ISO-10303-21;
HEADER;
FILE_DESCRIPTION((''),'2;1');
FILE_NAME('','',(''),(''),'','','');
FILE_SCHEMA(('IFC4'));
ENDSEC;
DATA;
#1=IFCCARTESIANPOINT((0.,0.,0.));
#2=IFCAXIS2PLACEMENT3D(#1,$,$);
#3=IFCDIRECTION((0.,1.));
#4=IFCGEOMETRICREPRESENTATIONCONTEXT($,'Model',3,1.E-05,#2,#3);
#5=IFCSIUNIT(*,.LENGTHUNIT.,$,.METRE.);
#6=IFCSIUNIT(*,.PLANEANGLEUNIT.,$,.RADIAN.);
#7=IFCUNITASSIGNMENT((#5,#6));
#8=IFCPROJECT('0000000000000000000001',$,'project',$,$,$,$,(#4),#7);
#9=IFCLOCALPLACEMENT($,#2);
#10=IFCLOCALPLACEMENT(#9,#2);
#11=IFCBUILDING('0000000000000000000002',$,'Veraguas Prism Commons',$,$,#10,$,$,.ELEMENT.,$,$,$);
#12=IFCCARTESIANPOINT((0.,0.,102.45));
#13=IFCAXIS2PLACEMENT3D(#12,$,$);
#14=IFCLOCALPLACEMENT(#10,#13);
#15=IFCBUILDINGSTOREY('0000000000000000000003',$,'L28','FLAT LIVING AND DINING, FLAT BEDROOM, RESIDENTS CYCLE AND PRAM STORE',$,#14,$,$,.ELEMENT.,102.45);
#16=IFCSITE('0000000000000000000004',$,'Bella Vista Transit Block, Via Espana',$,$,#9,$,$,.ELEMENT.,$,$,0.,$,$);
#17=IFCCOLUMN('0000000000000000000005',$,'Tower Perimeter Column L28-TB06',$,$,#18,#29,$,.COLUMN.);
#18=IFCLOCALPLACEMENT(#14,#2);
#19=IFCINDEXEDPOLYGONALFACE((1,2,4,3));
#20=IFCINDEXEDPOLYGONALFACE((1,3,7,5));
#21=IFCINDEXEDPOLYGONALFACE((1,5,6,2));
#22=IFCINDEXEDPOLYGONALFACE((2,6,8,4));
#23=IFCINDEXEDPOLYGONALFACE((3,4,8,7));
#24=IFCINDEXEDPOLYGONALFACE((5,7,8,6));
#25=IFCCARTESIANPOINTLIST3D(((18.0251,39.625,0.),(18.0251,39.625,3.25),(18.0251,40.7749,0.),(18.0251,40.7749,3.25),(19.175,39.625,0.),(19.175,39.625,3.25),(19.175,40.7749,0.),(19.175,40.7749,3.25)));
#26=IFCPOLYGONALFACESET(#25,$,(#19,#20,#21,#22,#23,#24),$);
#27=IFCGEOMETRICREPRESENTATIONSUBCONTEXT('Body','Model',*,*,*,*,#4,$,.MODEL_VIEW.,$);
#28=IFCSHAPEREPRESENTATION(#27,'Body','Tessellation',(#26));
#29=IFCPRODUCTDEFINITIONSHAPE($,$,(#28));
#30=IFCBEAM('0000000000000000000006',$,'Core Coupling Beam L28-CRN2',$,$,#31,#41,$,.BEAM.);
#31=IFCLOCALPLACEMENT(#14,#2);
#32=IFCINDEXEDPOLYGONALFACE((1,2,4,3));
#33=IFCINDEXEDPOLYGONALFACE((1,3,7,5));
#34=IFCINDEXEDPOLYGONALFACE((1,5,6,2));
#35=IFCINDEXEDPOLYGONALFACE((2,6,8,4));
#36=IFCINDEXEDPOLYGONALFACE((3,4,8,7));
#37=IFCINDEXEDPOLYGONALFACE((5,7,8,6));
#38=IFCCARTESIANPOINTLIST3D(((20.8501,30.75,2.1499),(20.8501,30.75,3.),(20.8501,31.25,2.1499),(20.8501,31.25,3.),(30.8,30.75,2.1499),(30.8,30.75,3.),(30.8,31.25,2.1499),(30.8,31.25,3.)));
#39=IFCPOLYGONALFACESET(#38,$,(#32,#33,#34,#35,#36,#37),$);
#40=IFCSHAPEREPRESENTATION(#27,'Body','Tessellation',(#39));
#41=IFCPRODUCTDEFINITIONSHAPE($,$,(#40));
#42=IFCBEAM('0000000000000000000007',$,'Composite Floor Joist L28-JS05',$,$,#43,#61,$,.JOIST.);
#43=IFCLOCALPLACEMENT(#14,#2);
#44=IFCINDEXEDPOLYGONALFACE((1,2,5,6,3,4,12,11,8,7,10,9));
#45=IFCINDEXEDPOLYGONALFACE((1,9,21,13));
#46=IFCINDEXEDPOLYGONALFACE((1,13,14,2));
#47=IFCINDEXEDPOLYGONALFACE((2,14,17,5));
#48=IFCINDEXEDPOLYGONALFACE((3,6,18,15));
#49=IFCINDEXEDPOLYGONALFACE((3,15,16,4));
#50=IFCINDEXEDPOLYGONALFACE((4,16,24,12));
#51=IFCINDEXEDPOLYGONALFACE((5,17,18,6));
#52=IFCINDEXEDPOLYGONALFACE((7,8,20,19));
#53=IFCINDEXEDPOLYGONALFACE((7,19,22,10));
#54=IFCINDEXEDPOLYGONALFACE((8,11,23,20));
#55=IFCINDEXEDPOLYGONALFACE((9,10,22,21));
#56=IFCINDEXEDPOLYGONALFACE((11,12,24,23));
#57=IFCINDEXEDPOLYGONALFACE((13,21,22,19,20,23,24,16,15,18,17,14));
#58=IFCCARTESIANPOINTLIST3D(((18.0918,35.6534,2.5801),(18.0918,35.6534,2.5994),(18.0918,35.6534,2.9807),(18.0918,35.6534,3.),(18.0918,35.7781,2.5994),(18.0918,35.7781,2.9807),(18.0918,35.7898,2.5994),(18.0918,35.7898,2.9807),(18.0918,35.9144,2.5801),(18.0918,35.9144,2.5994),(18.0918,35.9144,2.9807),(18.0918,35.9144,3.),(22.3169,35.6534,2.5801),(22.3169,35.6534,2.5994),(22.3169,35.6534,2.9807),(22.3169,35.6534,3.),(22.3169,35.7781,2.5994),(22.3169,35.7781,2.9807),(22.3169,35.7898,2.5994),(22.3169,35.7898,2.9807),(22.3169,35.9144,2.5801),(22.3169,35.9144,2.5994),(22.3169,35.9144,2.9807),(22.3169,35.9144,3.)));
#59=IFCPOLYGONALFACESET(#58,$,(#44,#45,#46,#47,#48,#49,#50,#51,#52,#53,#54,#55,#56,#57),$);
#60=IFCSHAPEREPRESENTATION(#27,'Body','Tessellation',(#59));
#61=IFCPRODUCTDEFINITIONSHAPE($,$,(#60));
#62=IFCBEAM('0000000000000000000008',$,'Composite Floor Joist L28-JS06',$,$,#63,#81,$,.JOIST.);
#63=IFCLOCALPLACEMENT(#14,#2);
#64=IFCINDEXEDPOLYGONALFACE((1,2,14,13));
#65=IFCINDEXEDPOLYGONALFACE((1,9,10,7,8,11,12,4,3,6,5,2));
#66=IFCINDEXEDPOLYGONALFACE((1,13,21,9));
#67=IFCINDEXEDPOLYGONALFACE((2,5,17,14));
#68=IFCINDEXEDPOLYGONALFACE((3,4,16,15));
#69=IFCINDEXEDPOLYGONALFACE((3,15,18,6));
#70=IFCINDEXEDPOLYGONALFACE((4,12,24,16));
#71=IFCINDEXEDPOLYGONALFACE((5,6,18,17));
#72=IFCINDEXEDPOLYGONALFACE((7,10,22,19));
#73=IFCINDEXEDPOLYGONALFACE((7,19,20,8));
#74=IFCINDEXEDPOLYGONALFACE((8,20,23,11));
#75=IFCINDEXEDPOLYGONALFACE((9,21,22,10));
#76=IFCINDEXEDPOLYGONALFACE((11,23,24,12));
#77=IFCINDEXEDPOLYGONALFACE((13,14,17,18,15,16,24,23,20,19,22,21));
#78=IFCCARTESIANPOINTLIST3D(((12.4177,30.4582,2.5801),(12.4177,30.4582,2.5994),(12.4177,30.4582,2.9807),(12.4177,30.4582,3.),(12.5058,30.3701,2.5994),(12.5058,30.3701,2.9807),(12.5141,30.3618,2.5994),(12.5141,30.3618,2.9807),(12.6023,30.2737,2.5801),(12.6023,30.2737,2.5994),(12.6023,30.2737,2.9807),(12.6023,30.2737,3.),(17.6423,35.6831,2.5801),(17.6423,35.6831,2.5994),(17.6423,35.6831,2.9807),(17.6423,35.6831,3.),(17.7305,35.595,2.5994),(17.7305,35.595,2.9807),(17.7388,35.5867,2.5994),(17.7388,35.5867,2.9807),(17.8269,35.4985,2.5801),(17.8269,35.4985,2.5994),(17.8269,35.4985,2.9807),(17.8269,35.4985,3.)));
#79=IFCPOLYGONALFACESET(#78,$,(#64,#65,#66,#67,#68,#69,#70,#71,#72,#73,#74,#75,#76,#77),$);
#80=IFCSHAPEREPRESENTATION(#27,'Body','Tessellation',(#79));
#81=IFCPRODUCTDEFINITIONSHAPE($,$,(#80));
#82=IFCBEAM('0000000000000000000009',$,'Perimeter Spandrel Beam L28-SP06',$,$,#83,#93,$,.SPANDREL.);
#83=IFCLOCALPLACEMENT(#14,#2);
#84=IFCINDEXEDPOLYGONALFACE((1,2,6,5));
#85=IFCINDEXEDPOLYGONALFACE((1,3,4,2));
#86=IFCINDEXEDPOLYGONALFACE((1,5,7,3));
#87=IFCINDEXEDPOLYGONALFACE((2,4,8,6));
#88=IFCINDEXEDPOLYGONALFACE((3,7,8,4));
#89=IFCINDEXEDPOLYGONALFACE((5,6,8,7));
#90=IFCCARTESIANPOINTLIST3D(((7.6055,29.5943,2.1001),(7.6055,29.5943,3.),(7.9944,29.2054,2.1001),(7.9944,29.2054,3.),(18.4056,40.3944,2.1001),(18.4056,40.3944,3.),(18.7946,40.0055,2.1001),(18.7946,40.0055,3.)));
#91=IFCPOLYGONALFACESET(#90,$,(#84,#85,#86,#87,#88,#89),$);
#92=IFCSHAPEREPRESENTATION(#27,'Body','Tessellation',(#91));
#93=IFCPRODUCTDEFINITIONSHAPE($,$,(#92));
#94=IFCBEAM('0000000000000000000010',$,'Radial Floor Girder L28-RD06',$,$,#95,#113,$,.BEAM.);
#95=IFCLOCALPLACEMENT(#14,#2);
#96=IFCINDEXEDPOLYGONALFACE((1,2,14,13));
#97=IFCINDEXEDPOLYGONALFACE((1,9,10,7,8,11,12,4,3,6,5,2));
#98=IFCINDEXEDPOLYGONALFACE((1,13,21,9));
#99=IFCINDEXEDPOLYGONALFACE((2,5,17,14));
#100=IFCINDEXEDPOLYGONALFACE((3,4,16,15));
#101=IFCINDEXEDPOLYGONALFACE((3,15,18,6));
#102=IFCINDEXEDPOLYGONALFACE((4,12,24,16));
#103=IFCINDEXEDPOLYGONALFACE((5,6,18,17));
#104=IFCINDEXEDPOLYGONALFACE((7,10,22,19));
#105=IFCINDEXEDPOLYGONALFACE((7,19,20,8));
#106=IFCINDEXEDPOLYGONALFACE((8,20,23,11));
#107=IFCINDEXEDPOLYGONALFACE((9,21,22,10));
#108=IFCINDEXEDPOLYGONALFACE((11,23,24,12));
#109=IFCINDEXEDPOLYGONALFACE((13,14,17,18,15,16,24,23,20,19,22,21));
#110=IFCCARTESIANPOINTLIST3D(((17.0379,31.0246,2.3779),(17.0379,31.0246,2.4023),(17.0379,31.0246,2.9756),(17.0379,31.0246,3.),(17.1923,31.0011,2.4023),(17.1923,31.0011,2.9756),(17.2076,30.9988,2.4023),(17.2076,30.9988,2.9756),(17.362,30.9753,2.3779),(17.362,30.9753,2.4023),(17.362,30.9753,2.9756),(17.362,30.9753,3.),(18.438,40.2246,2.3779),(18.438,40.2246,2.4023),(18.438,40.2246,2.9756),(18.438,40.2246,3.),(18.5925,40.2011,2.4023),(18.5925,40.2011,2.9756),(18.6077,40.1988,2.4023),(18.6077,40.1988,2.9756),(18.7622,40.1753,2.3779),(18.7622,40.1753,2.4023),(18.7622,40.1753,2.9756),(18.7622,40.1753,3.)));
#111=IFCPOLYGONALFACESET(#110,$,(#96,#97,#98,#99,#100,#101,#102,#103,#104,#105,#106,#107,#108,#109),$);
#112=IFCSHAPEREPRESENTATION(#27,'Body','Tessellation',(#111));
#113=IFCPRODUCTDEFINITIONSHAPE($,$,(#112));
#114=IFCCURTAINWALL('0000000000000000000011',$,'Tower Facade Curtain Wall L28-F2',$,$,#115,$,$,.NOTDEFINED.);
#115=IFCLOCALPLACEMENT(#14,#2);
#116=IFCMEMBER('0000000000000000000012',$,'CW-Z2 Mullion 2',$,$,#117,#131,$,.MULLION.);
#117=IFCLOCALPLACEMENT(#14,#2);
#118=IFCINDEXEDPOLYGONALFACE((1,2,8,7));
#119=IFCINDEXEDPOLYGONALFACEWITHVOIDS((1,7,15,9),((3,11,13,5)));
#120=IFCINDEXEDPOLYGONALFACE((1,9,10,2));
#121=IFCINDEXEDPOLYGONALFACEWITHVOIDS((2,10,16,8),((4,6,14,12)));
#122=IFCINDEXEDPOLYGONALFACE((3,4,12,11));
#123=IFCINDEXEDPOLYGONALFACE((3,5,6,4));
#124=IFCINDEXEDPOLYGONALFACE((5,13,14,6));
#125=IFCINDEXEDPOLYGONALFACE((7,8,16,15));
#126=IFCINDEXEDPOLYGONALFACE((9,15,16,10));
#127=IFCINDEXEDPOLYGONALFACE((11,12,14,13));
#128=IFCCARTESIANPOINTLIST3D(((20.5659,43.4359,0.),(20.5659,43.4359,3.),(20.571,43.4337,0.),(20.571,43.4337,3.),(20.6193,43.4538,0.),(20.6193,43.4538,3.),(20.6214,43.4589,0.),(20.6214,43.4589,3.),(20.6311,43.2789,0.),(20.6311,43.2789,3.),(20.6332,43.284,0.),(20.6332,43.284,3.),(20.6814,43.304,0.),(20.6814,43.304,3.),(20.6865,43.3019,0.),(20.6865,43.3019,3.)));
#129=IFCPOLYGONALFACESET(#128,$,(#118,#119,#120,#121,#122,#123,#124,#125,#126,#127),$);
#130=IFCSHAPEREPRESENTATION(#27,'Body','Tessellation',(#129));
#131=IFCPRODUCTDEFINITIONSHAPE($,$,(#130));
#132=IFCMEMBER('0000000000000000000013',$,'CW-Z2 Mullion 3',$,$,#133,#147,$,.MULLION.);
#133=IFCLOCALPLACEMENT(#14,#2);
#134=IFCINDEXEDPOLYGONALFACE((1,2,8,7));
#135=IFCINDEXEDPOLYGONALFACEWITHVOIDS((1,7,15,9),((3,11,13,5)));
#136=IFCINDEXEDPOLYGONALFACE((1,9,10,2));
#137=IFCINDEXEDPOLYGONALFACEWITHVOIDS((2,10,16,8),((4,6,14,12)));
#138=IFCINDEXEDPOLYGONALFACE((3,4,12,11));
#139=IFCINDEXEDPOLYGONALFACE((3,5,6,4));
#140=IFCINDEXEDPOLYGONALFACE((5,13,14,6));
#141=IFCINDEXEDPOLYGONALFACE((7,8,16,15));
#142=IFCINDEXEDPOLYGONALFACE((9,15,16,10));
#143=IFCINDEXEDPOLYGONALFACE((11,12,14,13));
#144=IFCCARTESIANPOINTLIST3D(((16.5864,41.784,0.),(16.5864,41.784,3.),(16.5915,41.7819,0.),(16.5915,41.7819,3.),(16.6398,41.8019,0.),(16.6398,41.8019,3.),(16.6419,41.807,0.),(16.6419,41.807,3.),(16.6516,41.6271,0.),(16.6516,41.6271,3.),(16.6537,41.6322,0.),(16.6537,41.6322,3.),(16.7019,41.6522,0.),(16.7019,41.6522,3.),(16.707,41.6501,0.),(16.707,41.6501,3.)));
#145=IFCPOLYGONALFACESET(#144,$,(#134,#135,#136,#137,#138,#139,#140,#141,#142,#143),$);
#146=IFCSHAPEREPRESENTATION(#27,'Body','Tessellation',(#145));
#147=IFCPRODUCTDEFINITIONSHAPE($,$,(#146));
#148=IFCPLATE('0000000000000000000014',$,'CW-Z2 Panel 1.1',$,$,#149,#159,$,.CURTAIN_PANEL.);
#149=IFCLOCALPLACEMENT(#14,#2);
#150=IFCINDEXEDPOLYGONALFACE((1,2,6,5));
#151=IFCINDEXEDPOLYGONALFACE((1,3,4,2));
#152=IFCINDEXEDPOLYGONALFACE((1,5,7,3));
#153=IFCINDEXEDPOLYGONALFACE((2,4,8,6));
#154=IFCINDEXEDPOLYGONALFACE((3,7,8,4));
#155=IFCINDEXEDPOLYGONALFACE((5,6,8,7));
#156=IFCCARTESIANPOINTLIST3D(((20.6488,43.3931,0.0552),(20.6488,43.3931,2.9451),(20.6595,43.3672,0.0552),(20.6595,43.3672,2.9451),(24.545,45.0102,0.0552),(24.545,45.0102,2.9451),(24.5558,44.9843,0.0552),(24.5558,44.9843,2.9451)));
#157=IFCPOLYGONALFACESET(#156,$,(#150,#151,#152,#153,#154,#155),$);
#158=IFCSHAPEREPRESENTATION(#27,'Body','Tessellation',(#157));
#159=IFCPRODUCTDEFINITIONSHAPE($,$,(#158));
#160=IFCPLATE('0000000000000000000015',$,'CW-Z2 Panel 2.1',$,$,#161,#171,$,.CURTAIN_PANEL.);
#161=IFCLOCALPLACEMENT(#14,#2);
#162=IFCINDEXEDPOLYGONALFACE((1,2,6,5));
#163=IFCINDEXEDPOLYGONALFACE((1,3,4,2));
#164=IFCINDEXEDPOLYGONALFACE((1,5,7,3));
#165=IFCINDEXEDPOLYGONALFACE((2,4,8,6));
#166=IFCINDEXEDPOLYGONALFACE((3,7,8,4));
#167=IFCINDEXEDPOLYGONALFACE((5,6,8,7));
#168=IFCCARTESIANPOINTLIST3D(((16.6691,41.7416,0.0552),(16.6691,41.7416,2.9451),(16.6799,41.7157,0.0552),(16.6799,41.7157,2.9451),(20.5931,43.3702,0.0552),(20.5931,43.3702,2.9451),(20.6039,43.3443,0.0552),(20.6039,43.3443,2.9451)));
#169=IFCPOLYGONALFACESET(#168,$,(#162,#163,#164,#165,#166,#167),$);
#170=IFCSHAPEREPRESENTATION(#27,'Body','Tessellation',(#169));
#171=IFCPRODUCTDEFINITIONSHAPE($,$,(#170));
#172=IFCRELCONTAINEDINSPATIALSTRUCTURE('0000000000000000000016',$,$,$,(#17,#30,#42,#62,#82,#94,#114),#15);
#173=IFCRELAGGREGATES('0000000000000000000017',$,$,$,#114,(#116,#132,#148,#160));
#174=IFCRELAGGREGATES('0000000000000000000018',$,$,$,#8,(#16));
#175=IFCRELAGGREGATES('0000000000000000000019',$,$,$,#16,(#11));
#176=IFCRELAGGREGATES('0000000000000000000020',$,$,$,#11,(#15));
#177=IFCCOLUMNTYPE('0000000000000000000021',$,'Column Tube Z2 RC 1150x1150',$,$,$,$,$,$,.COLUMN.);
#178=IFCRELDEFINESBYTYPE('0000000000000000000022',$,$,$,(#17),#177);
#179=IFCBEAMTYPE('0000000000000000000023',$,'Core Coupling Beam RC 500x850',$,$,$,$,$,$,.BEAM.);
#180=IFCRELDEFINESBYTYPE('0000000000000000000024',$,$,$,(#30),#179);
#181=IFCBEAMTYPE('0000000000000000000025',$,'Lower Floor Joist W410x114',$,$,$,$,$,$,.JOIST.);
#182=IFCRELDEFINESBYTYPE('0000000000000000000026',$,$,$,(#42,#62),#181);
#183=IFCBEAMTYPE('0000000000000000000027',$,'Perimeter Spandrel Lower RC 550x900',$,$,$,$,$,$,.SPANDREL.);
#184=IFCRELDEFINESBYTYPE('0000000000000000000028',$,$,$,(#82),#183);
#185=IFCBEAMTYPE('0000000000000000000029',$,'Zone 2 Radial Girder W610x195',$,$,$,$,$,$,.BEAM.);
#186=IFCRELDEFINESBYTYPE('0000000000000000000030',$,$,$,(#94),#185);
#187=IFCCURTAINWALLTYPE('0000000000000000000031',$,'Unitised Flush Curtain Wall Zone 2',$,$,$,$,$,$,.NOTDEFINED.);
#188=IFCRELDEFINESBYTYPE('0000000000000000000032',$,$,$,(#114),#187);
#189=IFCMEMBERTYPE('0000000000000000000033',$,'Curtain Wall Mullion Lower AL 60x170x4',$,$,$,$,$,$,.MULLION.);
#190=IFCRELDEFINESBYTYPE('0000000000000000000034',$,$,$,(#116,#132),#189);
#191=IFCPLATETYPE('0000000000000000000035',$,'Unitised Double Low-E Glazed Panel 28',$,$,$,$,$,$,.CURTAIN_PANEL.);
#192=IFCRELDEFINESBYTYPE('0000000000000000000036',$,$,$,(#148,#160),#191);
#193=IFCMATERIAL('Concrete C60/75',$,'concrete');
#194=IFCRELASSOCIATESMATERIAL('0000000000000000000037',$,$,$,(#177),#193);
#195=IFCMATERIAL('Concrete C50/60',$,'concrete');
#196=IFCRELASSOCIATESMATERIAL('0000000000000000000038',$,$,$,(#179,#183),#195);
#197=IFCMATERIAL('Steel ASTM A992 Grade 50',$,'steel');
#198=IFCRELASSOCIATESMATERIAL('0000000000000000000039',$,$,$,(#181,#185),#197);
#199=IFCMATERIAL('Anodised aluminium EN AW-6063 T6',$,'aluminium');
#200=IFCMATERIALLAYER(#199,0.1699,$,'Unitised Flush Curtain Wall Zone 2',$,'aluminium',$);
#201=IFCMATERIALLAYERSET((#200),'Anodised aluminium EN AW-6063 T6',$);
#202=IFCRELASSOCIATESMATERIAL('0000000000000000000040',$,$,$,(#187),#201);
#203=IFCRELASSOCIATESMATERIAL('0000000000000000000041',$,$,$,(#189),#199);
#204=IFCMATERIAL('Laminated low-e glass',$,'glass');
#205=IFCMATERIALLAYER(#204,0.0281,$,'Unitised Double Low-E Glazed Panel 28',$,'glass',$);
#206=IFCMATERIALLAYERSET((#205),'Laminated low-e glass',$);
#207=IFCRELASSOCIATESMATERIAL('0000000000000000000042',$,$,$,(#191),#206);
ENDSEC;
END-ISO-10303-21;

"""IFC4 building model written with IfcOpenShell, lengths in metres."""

from ifc_helpers import new_model, si_unit, direction, frame, origin, origin_2d, place, context, subcontext, project, spatial, rectangle, hollow_rectangle, i_section, extrude, source, transform, mapped, material, layer, layer_set, material_profile, profile_set, type_object, element, aggregate, save


model = new_model("IFC4")

# Units and contexts
model_context = context("Model", 3, precision=1e-05, world=origin(), true_north=direction((0.0, 1.0)))
body_context = subcontext(model_context, "Body", "Model", "MODEL_VIEW")
ifc_project = project(units=[si_unit("LENGTHUNIT", "METRE"), si_unit("PLANEANGLEUNIT", "RADIAN")], contexts=[model_context])

# Site, building, storey
site_placement = place(None, origin())
site = spatial("IfcSite", under=ifc_project, at=site_placement, Name="Bella Vista Transit Block, Via Espana", CompositionType="ELEMENT", RefElevation=0.0)
building_placement = place(site_placement, origin())
building = spatial("IfcBuilding", under=site, at=building_placement, Name="Veraguas Prism Commons", CompositionType="ELEMENT")
storey_placement = place(building_placement, frame((0.0, 0.0, 102.45)))
storey = spatial("IfcBuildingStorey", under=building, at=storey_placement, Name="L28", Description="FLAT LIVING AND DINING, FLAT BEDROOM, RESIDENTS CYCLE AND PRAM STORE", CompositionType="ELEMENT", Elevation=102.45)

# Column
ifc_material_1 = material(Name="Concrete C60/75", Category="concrete")
ifc_material_profile_1 = material_profile(ifc_material_1, rectangle(XDim=1.1499, YDim=1.1499, at=origin_2d()), Name="RC1150X1150")
ifc_profile_set_1 = profile_set([ifc_material_profile_1], Name="Concrete C60/75")
column_type = type_object("IfcColumnType", Name="Column Tube Z2 RC 1150x1150", PredefinedType="COLUMN", material=ifc_profile_set_1)
column_placement = place(storey_placement, frame((18.6001, 40.2, 0.0), z_axis=(0.0, 0.0, 1.0), x_axis=(1.0, 0.0, 0.0)))
element("IfcColumn", 1, at=column_placement, inside=storey, type_object=column_type, Name="Tower Perimeter Column L28-TB06", PredefinedType="COLUMN", context=body_context, shape_type="SweptSolid", body=[
    extrude(rectangle(XDim=1.1499, YDim=1.1499, at=origin_2d()), origin(), (0.0, 0.0, 1.0), 3.25),
])

# Beams
ifc_material_2 = material(Name="Concrete C50/60", Category="concrete")
ifc_material_profile_2 = material_profile(ifc_material_2, rectangle(XDim=0.5, YDim=0.8501, at=origin_2d()), Name="RC500X850")
ifc_profile_set_2 = profile_set([ifc_material_profile_2], Name="Concrete C50/60")
beam_type_1 = type_object("IfcBeamType", Name="Core Coupling Beam RC 500x850", PredefinedType="BEAM", material=ifc_profile_set_2)
beam_1_placement = place(storey_placement, frame((20.8501, 31.0, 2.575), z_axis=(1.0, 0.0, 0.0), x_axis=(0.0, 1.0, 0.0)))
element("IfcBeam", 2, at=beam_1_placement, inside=storey, type_object=beam_type_1, Name="Core Coupling Beam L28-CRN2", PredefinedType="BEAM", context=body_context, shape_type="SweptSolid", body=[
    extrude(rectangle(XDim=0.5, YDim=0.8501, at=origin_2d()), origin(), (0.0, 0.0, 1.0), 9.95),
])
ifc_material_3 = material(Name="Steel ASTM A992 Grade 50", Category="steel")
ifc_material_profile_3 = material_profile(ifc_material_3, i_section(OverallWidth=0.261, OverallDepth=0.4199, WebThickness=0.0117, FlangeThickness=0.0193, at=origin_2d()), Name="W410X114")
ifc_profile_set_3 = profile_set([ifc_material_profile_3], Name="Steel ASTM A992 Grade 50")
beam_type_2 = type_object("IfcBeamType", Name="Lower Floor Joist W410x114", PredefinedType="JOIST", material=ifc_profile_set_3)
beam_2_placement = place(storey_placement, frame((22.3169, 35.7839, 2.79), z_axis=(-1.0, 0.0, 0.0), x_axis=(0.0, -1.0, 0.0)))
element("IfcBeam", 3, at=beam_2_placement, inside=storey, type_object=beam_type_2, Name="Composite Floor Joist L28-JS05", PredefinedType="JOIST", context=body_context, shape_type="SweptSolid", body=[
    extrude(i_section(OverallWidth=0.261, OverallDepth=0.4199, WebThickness=0.0117, FlangeThickness=0.0193, at=origin_2d()), origin(), (0.0, 0.0, 1.0), 4.2251),
])
beam_3_placement = place(storey_placement, frame((17.7346, 35.5908, 2.79), z_axis=(-0.70709, -0.707123, 0.0), x_axis=(0.707123, -0.70709, 0.0)))
element("IfcBeam", 4, at=beam_3_placement, inside=storey, type_object=beam_type_2, Name="Composite Floor Joist L28-JS06", PredefinedType="JOIST", context=body_context, shape_type="SweptSolid", body=[
    extrude(i_section(OverallWidth=0.261, OverallDepth=0.4199, WebThickness=0.0117, FlangeThickness=0.0193, at=origin_2d()), origin(), (0.0, 0.0, 1.0), 7.3889),
])
ifc_material_profile_4 = material_profile(ifc_material_2, rectangle(XDim=0.55, YDim=0.8999, at=origin_2d()), Name="RC550X900")
ifc_profile_set_4 = profile_set([ifc_material_profile_4], Name="Concrete C50/60")
beam_type_3 = type_object("IfcBeamType", Name="Perimeter Spandrel Lower RC 550x900", PredefinedType="SPANDREL", material=ifc_profile_set_4)
beam_4_placement = place(storey_placement, frame((18.6001, 40.2, 2.55), z_axis=(-0.707107, -0.707107, 0.0), x_axis=(0.707107, -0.707107, 0.0)))
element("IfcBeam", 5, at=beam_4_placement, inside=storey, type_object=beam_type_3, Name="Perimeter Spandrel Beam L28-SP06", PredefinedType="SPANDREL", context=body_context, shape_type="SweptSolid", body=[
    extrude(rectangle(XDim=0.55, YDim=0.8999, at=origin_2d()), origin(), (0.0, 0.0, 1.0), 15.2737),
])
ifc_material_profile_5 = material_profile(ifc_material_3, i_section(OverallWidth=0.3279, OverallDepth=0.6221, WebThickness=0.0154, FlangeThickness=0.0244, at=origin_2d()), Name="W610X195")
ifc_profile_set_5 = profile_set([ifc_material_profile_5], Name="Steel ASTM A992 Grade 50")
beam_type_4 = type_object("IfcBeamType", Name="Zone 2 Radial Girder W610x195", PredefinedType="BEAM", material=ifc_profile_set_5)
beam_5_placement = place(storey_placement, frame((18.6001, 40.2, 2.689), z_axis=(-0.150458, -0.988616, 0.0), x_axis=(0.988616, -0.150458, 0.0)))
element("IfcBeam", 6, at=beam_5_placement, inside=storey, type_object=beam_type_4, Name="Radial Floor Girder L28-RD06", PredefinedType="BEAM", context=body_context, shape_type="SweptSolid", body=[
    extrude(i_section(OverallWidth=0.3279, OverallDepth=0.6221, WebThickness=0.0154, FlangeThickness=0.0244, at=origin_2d()), origin(), (0.0, 0.0, 1.0), 9.3059),
])

# Curtain wall, members, plates
ifc_material_4 = material(Name="Anodised aluminium EN AW-6063 T6", Category="aluminium")
ifc_layer_1 = layer(ifc_material_4, 0.1699, Name="Unitised Flush Curtain Wall Zone 2", Category="aluminium")
ifc_layer_set_1 = layer_set([ifc_layer_1], Name="Anodised aluminium EN AW-6063 T6")
curtain_wall_type = type_object("IfcCurtainWallType", Name="Unitised Flush Curtain Wall Zone 2", PredefinedType="NOTDEFINED", material=ifc_layer_set_1)
curtain_wall_placement = place(storey_placement, origin())
curtain_wall = element("IfcCurtainWall", 7, at=curtain_wall_placement, inside=storey, type_object=curtain_wall_type, Name="Tower Facade Curtain Wall L28-F2", PredefinedType="NOTDEFINED")
ifc_material_profile_6 = material_profile(ifc_material_4, hollow_rectangle(XDim=0.0601, YDim=0.1699, WallThickness=0.0039, at=origin_2d()), Name="AL60X170X4")
ifc_profile_set_6 = profile_set([ifc_material_profile_6], Name="Anodised aluminium EN AW-6063 T6")
member_type = type_object("IfcMemberType", Name="Curtain Wall Mullion Lower AL 60x170x4", PredefinedType="MULLION", material=ifc_profile_set_6)
shared_shape_1 = source(origin(), body_context, "Body", "SweptSolid", [
    extrude(hollow_rectangle(XDim=0.0601, YDim=0.1699, WallThickness=0.0039, at=origin_2d()), origin(), (0.0, 0.0, 1.0), 3.0),
])
member_1_placement = place(storey_placement, frame((20.6262, 43.3689, 0.0), z_axis=(0.0, 0.0, 1.0), x_axis=(-0.923611, -0.383332, 0.0)))
member_1 = element("IfcMember", 8, at=member_1_placement, type_object=member_type, Name="CW-Z2 Mullion 2", PredefinedType="MULLION", context=body_context, shape_type="MappedRepresentation", body=[
    mapped(shared_shape_1, transform((0.0, 0.0, 0.0), scale=1.0)),
])
member_2_placement = place(storey_placement, frame((16.6467, 41.717, 0.0), z_axis=(0.0, 0.0, 1.0), x_axis=(-0.923611, -0.383332, 0.0)))
member_2 = element("IfcMember", 9, at=member_2_placement, type_object=member_type, Name="CW-Z2 Mullion 3", PredefinedType="MULLION", context=body_context, shape_type="MappedRepresentation", body=[
    mapped(shared_shape_1, transform((0.0, 0.0, 0.0), scale=1.0)),
])
ifc_material_5 = material(Name="Laminated low-e glass", Category="glass")
ifc_layer_2 = layer(ifc_material_5, 0.0281, Name="Unitised Double Low-E Glazed Panel 28", Category="glass")
ifc_layer_set_2 = layer_set([ifc_layer_2], Name="Laminated low-e glass")
plate_type = type_object("IfcPlateType", Name="Unitised Double Low-E Glazed Panel 28", PredefinedType="CURTAIN_PANEL", material=ifc_layer_set_2)
shared_shape_2 = source(origin(), body_context, "Body", "SweptSolid", [
    extrude(rectangle(XDim=4.2185, YDim=0.0281, at=origin_2d()), origin(), (0.0, 0.0, 1.0), 2.8899),
])
plate_1_placement = place(storey_placement, frame((22.6023, 44.1887, 0.0552), z_axis=(0.0, 0.0, 1.0), x_axis=(-0.923611, -0.383332, 0.0)))
plate_1 = element("IfcPlate", 10, at=plate_1_placement, type_object=plate_type, Name="CW-Z2 Panel 1.1", PredefinedType="CURTAIN_PANEL", context=body_context, shape_type="MappedRepresentation", body=[
    mapped(shared_shape_2, transform((0.0, 0.0, 0.0), scale=1.0)),
])
shared_shape_3 = source(origin(), body_context, "Body", "SweptSolid", [
    extrude(rectangle(XDim=4.2485, YDim=0.0281, at=origin_2d()), origin(), (0.0, 0.0, 1.0), 2.8899),
])
plate_2_placement = place(storey_placement, frame((18.6365, 42.543, 0.0552), z_axis=(0.0, 0.0, 1.0), x_axis=(-0.923611, -0.383332, 0.0)))
plate_2 = element("IfcPlate", 11, at=plate_2_placement, type_object=plate_type, Name="CW-Z2 Panel 2.1", PredefinedType="CURTAIN_PANEL", context=body_context, shape_type="MappedRepresentation", body=[
    mapped(shared_shape_3, transform((0.0, 0.0, 0.0), scale=1.0)),
])
aggregate(curtain_wall, [member_1, member_2, plate_1, plate_2])

save(model, "model.ifc")
